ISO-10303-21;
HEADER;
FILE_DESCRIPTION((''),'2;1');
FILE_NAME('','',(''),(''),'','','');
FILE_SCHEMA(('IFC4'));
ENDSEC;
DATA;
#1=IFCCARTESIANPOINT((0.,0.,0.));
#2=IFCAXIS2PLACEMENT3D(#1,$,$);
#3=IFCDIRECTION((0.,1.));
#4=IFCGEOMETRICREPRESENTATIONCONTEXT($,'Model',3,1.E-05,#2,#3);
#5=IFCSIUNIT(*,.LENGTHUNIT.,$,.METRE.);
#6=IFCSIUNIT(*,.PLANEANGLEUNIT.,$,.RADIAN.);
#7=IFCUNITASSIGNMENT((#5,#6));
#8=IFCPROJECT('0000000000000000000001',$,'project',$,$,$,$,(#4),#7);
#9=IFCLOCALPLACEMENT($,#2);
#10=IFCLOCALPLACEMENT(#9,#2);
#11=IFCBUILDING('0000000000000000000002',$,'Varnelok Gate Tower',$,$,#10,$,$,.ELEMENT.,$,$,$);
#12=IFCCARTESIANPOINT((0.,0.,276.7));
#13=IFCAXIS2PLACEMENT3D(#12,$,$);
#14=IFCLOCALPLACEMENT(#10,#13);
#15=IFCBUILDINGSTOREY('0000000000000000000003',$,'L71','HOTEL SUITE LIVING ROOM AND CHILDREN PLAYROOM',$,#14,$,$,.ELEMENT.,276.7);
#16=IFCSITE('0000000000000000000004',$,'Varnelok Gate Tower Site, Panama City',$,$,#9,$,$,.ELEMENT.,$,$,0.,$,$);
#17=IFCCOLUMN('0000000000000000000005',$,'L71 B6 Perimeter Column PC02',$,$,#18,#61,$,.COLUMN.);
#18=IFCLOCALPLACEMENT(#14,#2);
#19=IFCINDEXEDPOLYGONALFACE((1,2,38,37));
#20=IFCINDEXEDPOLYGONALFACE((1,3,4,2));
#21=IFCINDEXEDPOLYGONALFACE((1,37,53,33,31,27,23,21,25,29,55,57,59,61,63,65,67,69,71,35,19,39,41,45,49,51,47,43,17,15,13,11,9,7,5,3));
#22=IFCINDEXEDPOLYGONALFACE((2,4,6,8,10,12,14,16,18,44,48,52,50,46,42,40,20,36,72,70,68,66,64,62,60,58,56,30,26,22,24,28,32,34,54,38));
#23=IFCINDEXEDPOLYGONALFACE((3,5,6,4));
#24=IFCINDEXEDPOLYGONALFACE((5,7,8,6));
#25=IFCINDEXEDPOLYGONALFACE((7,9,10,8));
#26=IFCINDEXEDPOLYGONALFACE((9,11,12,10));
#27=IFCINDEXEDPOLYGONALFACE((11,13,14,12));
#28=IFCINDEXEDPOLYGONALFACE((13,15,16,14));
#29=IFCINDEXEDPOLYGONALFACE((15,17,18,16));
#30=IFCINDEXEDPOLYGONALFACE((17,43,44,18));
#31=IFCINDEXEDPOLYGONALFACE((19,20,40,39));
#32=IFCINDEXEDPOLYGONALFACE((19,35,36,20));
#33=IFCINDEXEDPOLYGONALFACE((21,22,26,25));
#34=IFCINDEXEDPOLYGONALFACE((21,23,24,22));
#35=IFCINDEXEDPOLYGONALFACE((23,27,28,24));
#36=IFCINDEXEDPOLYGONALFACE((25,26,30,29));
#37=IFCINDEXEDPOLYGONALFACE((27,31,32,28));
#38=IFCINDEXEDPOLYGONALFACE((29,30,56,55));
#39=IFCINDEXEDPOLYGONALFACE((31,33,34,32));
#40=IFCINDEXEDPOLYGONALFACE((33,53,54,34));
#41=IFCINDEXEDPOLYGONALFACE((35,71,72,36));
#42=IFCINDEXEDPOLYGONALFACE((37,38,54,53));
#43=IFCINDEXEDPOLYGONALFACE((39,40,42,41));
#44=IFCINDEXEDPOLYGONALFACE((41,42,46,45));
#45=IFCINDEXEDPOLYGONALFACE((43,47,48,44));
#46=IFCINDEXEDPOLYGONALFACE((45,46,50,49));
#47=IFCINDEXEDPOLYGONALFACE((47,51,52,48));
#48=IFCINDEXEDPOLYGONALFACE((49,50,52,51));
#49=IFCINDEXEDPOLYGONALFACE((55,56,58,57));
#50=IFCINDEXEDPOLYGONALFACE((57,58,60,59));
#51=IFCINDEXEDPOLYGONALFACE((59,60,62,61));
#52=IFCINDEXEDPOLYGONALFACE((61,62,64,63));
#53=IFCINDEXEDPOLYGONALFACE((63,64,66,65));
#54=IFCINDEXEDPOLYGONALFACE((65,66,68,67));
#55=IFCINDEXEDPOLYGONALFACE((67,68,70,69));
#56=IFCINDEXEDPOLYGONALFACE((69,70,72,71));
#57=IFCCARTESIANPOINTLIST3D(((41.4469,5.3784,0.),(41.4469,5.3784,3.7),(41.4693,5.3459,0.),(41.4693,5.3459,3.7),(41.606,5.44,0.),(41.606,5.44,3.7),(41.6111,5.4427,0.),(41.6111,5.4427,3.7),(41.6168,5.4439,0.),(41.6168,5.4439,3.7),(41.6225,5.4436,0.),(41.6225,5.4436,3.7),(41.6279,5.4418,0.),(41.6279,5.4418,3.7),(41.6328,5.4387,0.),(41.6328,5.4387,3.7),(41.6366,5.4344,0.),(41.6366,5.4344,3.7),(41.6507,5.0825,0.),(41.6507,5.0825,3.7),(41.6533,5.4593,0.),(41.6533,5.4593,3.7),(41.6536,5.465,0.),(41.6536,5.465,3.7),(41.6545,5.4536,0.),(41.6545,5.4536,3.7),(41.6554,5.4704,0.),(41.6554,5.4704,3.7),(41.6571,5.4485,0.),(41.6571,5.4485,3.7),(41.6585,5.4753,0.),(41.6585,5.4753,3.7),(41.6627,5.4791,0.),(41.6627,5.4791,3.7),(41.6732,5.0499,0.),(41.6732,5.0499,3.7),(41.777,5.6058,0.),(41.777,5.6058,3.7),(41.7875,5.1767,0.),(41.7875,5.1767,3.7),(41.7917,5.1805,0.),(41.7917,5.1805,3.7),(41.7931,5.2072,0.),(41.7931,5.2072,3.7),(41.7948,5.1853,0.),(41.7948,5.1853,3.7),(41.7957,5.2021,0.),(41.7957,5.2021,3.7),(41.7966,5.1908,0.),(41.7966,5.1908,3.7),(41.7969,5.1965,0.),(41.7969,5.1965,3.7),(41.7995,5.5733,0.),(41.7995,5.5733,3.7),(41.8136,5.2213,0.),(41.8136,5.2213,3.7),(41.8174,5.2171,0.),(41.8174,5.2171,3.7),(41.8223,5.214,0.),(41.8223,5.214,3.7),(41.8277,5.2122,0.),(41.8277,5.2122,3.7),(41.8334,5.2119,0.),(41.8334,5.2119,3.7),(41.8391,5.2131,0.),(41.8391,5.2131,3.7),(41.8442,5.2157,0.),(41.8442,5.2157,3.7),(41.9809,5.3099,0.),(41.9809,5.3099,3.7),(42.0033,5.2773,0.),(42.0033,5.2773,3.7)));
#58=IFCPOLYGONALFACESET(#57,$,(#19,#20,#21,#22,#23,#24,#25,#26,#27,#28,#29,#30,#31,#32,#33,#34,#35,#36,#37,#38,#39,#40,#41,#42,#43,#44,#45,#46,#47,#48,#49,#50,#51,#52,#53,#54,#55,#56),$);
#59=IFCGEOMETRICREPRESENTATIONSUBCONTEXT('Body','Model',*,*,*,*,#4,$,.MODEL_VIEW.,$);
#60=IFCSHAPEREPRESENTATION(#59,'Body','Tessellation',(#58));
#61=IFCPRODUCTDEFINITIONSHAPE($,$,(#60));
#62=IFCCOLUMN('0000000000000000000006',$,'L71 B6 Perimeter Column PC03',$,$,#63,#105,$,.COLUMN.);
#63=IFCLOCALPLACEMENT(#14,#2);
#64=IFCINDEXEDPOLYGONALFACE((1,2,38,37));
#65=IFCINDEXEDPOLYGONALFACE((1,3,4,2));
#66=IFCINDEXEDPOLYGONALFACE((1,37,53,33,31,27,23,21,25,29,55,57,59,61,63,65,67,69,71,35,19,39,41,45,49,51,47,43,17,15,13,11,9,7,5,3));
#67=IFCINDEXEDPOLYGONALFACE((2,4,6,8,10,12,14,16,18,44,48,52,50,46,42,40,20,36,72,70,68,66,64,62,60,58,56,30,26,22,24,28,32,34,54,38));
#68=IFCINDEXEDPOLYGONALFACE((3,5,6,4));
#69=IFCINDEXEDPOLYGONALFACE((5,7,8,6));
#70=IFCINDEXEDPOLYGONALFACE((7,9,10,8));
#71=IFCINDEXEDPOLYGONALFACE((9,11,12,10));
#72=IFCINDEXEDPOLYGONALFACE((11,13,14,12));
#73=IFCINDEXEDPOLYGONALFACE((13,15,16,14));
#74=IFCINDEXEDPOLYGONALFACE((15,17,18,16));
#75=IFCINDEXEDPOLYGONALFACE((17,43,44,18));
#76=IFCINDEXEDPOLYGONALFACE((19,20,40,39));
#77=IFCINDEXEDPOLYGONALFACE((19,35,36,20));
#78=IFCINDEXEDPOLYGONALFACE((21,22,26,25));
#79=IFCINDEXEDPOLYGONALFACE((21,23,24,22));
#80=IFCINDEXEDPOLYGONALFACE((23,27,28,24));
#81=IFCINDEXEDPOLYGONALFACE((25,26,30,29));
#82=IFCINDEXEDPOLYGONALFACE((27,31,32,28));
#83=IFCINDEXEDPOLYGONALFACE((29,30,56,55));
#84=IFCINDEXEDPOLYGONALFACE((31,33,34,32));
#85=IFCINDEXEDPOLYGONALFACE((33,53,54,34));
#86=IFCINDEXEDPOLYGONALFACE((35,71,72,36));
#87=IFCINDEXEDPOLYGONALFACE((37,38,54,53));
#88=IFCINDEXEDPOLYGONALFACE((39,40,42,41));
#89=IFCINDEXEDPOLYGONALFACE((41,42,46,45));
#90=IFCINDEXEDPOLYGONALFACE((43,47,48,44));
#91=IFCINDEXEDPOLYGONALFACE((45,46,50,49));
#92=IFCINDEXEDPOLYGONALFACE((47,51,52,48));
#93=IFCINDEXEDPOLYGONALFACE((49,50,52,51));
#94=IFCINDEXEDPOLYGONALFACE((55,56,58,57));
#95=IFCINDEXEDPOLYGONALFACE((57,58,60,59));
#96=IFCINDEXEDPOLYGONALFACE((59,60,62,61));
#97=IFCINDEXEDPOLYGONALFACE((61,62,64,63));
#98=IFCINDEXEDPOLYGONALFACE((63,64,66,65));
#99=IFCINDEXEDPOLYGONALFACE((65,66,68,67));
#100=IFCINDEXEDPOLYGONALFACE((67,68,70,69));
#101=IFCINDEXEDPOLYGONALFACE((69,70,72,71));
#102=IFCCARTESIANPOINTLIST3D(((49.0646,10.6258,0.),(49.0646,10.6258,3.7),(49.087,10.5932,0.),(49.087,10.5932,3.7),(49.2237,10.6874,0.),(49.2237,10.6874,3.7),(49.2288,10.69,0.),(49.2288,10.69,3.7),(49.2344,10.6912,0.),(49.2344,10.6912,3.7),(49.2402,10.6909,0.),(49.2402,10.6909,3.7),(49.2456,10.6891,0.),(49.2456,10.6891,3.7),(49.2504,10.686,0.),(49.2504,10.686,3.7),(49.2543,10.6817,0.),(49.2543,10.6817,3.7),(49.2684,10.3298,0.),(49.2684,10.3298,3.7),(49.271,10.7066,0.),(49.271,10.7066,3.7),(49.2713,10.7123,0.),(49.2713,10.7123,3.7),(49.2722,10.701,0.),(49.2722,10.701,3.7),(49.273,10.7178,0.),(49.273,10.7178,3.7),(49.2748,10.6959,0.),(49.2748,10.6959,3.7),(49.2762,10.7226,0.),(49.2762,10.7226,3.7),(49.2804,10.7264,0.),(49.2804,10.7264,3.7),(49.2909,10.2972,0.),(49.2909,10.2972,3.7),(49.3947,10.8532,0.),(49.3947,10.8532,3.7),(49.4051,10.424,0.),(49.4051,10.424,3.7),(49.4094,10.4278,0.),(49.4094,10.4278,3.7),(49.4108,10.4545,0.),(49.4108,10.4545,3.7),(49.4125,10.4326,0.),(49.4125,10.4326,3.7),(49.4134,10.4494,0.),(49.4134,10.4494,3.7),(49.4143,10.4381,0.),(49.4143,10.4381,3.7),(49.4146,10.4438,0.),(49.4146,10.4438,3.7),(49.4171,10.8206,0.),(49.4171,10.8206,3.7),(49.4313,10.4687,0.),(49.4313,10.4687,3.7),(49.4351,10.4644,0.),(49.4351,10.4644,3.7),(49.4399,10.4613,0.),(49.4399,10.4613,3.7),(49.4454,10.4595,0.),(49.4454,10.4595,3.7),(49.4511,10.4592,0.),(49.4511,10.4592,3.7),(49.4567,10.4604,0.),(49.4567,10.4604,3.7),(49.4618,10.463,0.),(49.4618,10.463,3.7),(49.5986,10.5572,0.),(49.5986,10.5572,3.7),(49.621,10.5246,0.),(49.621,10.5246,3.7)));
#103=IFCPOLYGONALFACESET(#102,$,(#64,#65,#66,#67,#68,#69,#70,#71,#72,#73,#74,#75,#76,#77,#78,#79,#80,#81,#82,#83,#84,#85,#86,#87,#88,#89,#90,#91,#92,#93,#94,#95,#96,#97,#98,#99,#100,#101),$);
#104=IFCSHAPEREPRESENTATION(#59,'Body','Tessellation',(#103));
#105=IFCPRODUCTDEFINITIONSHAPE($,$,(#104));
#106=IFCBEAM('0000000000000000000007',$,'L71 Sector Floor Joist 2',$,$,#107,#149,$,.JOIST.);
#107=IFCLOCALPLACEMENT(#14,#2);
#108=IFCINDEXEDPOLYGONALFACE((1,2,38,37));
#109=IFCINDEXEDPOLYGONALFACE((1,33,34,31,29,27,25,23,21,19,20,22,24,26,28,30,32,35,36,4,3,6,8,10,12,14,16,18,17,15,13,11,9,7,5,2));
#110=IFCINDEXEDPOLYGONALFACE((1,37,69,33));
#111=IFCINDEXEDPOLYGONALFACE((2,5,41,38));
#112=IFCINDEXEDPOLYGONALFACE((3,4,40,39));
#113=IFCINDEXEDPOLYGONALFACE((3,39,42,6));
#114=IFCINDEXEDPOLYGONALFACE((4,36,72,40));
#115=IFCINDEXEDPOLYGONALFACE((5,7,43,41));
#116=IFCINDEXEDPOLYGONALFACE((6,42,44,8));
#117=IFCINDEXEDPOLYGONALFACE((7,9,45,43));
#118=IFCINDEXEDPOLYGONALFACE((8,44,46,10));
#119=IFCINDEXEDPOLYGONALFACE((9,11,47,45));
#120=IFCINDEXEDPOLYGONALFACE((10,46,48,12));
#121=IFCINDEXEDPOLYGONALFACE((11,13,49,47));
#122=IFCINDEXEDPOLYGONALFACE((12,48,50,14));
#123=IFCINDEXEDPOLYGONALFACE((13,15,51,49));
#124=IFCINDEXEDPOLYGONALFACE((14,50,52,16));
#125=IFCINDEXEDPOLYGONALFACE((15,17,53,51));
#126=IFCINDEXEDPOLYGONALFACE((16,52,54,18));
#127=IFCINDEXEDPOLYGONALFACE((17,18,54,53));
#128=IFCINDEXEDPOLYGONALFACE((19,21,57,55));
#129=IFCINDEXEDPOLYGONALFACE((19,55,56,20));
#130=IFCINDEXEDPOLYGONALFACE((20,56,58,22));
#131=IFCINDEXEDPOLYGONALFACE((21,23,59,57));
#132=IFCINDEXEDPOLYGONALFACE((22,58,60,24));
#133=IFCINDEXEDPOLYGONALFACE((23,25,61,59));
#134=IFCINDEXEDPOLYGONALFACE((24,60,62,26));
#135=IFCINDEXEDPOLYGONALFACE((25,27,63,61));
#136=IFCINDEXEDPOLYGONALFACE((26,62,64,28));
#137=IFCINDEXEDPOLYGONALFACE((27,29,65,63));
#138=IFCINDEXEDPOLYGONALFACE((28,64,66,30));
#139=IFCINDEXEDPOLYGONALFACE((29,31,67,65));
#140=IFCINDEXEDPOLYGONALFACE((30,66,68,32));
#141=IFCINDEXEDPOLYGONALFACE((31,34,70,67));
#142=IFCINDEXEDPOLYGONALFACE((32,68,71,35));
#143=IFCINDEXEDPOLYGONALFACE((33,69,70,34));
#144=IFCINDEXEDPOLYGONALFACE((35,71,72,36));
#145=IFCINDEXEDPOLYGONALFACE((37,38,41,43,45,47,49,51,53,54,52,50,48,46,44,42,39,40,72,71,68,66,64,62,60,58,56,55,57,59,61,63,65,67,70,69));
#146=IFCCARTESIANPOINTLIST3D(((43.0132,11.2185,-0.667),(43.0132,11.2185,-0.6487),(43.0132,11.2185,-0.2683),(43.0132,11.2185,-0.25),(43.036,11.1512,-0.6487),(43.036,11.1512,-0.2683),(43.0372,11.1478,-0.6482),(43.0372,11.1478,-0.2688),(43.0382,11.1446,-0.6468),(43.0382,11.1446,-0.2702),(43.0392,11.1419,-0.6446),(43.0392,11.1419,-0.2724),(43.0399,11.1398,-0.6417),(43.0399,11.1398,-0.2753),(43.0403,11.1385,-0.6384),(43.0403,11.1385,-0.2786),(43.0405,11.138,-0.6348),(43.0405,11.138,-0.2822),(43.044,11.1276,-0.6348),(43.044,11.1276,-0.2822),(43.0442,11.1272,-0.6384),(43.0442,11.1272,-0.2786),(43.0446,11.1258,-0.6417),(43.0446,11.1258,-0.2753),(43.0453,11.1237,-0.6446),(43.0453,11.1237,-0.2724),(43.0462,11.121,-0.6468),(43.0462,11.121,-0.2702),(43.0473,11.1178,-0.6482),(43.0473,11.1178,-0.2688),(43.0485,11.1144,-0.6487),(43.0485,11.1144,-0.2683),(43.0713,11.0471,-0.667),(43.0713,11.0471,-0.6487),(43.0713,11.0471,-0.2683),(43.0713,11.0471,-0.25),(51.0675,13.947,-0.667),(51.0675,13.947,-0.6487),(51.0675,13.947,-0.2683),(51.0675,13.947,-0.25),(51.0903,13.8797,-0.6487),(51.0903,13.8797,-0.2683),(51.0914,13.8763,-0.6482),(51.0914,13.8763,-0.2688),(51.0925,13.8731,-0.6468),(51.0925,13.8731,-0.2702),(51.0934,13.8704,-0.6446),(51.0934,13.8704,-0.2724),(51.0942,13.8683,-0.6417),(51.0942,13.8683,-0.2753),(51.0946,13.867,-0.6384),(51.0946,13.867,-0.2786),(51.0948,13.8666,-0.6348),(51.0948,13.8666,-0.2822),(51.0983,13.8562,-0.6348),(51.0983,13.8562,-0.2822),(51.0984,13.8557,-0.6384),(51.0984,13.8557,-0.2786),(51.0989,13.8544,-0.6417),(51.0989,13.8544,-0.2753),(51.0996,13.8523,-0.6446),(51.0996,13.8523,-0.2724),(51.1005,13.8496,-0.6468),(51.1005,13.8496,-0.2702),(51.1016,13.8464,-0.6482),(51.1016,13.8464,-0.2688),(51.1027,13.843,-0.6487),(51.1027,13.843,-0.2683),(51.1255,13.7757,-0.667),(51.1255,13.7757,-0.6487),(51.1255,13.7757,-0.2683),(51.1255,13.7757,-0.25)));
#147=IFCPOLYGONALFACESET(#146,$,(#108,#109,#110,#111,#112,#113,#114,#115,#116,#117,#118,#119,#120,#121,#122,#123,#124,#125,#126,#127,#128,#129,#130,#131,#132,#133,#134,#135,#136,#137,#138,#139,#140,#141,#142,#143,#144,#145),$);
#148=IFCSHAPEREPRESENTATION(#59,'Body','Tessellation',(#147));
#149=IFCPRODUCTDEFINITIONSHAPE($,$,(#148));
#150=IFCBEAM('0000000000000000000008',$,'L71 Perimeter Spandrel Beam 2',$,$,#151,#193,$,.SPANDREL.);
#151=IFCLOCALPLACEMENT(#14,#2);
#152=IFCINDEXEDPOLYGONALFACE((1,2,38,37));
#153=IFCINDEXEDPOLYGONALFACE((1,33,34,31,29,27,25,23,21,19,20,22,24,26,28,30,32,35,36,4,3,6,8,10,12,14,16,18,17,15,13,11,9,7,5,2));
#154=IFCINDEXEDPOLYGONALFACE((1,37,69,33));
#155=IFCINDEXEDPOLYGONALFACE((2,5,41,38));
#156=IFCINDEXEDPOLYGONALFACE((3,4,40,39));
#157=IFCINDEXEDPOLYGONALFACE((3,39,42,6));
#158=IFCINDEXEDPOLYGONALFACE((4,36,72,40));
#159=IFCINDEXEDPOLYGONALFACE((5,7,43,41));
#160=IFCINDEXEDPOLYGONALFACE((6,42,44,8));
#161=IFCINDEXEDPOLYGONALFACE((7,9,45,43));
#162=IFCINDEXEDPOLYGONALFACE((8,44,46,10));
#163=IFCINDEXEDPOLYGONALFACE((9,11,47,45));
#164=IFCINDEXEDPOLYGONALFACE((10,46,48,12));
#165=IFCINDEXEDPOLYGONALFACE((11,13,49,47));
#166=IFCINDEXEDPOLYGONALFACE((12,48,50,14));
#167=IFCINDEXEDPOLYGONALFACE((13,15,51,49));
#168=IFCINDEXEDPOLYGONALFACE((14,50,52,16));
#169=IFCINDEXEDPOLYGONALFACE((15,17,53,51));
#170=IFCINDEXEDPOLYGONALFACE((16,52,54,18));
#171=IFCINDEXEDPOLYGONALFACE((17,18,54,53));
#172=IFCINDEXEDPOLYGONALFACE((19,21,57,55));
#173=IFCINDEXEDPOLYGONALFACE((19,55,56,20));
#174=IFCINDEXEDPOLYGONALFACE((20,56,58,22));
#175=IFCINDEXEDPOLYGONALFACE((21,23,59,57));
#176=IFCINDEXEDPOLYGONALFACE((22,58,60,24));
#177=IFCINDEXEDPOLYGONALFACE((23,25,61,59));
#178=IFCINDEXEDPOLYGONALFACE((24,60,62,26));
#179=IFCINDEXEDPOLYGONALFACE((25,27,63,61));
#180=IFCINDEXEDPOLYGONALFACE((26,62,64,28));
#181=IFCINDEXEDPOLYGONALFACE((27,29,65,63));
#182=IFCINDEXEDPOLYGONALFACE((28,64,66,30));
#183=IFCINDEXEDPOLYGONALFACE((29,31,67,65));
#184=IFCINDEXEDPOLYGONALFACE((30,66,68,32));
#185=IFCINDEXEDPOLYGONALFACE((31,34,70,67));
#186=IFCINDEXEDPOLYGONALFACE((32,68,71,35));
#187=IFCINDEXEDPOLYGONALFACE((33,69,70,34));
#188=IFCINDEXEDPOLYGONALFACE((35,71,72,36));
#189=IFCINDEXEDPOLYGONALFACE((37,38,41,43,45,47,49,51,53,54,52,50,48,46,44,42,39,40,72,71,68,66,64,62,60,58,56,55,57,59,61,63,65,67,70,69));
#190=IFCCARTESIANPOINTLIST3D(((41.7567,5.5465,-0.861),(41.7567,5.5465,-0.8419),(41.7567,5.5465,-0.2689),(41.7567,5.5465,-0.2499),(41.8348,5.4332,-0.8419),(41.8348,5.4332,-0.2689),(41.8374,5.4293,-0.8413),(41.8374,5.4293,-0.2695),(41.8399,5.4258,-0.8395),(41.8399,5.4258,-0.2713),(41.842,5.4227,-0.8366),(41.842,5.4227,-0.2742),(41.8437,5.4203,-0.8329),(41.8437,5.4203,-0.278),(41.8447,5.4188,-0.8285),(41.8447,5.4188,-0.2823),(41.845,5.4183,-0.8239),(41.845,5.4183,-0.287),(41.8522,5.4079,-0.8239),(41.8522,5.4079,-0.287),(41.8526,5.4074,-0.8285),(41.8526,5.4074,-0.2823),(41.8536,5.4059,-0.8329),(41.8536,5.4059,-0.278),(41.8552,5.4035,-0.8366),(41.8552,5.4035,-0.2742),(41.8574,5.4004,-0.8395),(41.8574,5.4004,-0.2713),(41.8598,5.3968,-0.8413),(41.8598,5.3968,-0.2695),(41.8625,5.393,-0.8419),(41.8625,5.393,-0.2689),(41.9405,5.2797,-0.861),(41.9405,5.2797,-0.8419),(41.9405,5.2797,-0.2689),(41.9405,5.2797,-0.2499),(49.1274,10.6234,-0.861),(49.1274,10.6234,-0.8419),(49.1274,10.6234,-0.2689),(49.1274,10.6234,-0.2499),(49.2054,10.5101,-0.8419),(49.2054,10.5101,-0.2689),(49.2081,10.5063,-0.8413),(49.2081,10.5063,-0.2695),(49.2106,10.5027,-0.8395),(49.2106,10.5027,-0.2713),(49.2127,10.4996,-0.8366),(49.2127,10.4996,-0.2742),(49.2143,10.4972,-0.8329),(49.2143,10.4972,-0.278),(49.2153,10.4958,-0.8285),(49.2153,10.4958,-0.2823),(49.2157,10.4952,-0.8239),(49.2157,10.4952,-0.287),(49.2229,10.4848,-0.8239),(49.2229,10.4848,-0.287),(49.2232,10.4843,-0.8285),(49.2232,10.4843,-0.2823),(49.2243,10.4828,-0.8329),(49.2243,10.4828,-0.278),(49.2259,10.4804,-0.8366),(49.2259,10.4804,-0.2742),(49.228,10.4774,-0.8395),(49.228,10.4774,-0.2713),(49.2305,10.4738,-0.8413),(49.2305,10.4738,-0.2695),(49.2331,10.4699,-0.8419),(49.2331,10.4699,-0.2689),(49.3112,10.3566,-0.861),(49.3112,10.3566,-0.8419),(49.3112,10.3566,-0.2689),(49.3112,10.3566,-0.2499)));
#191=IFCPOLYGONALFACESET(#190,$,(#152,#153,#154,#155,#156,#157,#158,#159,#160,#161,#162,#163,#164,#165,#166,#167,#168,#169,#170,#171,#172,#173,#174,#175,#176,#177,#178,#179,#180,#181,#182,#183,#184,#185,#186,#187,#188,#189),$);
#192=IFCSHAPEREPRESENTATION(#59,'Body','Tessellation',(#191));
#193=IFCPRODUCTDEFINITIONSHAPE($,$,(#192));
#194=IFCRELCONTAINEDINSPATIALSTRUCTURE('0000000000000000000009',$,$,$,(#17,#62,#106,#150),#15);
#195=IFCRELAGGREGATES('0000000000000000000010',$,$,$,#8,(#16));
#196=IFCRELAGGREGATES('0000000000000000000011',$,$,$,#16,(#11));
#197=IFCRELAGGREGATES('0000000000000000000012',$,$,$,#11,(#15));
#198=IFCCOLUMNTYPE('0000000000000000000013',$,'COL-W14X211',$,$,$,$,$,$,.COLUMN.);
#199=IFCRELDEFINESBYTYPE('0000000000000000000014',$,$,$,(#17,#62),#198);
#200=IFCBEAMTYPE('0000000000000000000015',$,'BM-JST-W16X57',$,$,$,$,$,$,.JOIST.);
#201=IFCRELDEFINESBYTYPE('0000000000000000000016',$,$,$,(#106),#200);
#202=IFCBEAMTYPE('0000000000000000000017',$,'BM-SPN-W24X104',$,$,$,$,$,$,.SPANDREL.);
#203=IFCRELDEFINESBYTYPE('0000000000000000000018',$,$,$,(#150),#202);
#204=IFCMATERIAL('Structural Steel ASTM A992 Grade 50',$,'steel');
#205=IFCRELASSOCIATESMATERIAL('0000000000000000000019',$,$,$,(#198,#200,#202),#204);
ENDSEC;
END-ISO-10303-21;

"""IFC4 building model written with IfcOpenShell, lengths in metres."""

from ifc_helpers import new_model, si_unit, direction, frame, origin, origin_2d, place, context, subcontext, project, spatial, i_section, extrude, material, material_profile, profile_set, type_object, element, save


model = new_model("IFC4")

# Units and contexts
model_context = context("Model", 3, precision=1e-05, world=origin(), true_north=direction((0.0, 1.0)))
body_context = subcontext(model_context, "Body", "Model", "MODEL_VIEW")
ifc_project = project(units=[si_unit("LENGTHUNIT", "METRE"), si_unit("PLANEANGLEUNIT", "RADIAN")], contexts=[model_context])

# Site, building, storey
site_placement = place(None, origin())
site = spatial("IfcSite", under=ifc_project, at=site_placement, Name="Varnelok Gate Tower Site, Panama City", CompositionType="ELEMENT", RefElevation=0.0)
building_placement = place(site_placement, origin())
building = spatial("IfcBuilding", under=site, at=building_placement, Name="Varnelok Gate Tower", CompositionType="ELEMENT")
storey_placement = place(building_placement, frame((0.0, 0.0, 276.7)))
storey = spatial("IfcBuildingStorey", under=building, at=storey_placement, Name="L71", Description="HOTEL SUITE LIVING ROOM AND CHILDREN PLAYROOM", CompositionType="ELEMENT", Elevation=276.7)

# Columns
ifc_material_1 = material(Name="Structural Steel ASTM A992 Grade 50", Category="steel")
ifc_material_profile_1 = material_profile(ifc_material_1, i_section(OverallWidth=0.4009, OverallDepth=0.3989, WebThickness=0.0249, FlangeThickness=0.0396, FilletRadius=0.022, at=origin_2d()), Name="W14X211")
ifc_profile_set_1 = profile_set([ifc_material_profile_1], Name="Structural Steel ASTM A992 Grade 50")
column_type = type_object("IfcColumnType", Name="COL-W14X211", PredefinedType="COLUMN", material=ifc_profile_set_1)
for number, where, z_axis, x_axis, name in (
    (1, (41.7251, 5.3279, 0.0), (0.0, 0.0, 1.0), (0.823533, 0.567269, 0.0), "L71 B6 Perimeter Column PC02"),
    (2, (49.3428, 10.5752, 0.0), (0.0, 0.0, 1.0), (0.823533, 0.567269, 0.0), "L71 B6 Perimeter Column PC03"),
):
    element("IfcColumn", number, at=place(storey_placement, frame(where, z_axis=z_axis, x_axis=x_axis)), inside=storey, type_object=column_type, Name=name, PredefinedType="COLUMN", context=body_context, shape_type="SweptSolid", body=[
        extrude(i_section(OverallWidth=0.4009, OverallDepth=0.3989, WebThickness=0.0249, FlangeThickness=0.0396, FilletRadius=0.022, at=origin_2d()), origin(), (0.0, 0.0, 1.0), 3.7),
    ])

# Beams
ifc_material_profile_2 = material_profile(ifc_material_1, i_section(OverallWidth=0.1809, OverallDepth=0.417, WebThickness=0.011, FlangeThickness=0.0183, FilletRadius=0.0139, at=origin_2d()), Name="W16X57")
ifc_profile_set_2 = profile_set([ifc_material_profile_2], Name="Structural Steel ASTM A992 Grade 50")
beam_type_1 = type_object("IfcBeamType", Name="BM-JST-W16X57", PredefinedType="JOIST", material=ifc_profile_set_2)
beam_1_placement = place(storey_placement, frame((43.0422, 11.1328, -0.4585), z_axis=(0.947127, 0.320858, 0.0), x_axis=(-0.320858, 0.947127, 0.0)))
element("IfcBeam", 3, at=beam_1_placement, inside=storey, type_object=beam_type_1, Name="L71 Sector Floor Joist 2", PredefinedType="JOIST", context=body_context, shape_type="SweptSolid", body=[
    extrude(i_section(OverallWidth=0.1809, OverallDepth=0.417, WebThickness=0.011, FlangeThickness=0.0183, FilletRadius=0.0139, at=origin_2d()), origin(), (0.0, 0.0, 1.0), 8.5039),
])
ifc_material_profile_3 = material_profile(ifc_material_1, i_section(OverallWidth=0.324, OverallDepth=0.6111, WebThickness=0.0127, FlangeThickness=0.019, FilletRadius=0.0181, at=origin_2d()), Name="W24X104")
ifc_profile_set_3 = profile_set([ifc_material_profile_3], Name="Structural Steel ASTM A992 Grade 50")
beam_type_2 = type_object("IfcBeamType", Name="BM-SPN-W24X104", PredefinedType="SPANDREL", material=ifc_profile_set_3)
beam_2_placement = place(storey_placement, frame((41.8486, 5.4131, -0.5554), z_axis=(0.82354, 0.567258, 0.0), x_axis=(-0.567258, 0.82354, 0.0)))
element("IfcBeam", 4, at=beam_2_placement, inside=storey, type_object=beam_type_2, Name="L71 Perimeter Spandrel Beam 2", PredefinedType="SPANDREL", context=body_context, shape_type="SweptSolid", body=[
    extrude(i_section(OverallWidth=0.324, OverallDepth=0.6111, WebThickness=0.0127, FlangeThickness=0.019, FilletRadius=0.0181, at=origin_2d()), origin(), (0.0, 0.0, 1.0), 8.95),
])

save(model, "model.ifc")
